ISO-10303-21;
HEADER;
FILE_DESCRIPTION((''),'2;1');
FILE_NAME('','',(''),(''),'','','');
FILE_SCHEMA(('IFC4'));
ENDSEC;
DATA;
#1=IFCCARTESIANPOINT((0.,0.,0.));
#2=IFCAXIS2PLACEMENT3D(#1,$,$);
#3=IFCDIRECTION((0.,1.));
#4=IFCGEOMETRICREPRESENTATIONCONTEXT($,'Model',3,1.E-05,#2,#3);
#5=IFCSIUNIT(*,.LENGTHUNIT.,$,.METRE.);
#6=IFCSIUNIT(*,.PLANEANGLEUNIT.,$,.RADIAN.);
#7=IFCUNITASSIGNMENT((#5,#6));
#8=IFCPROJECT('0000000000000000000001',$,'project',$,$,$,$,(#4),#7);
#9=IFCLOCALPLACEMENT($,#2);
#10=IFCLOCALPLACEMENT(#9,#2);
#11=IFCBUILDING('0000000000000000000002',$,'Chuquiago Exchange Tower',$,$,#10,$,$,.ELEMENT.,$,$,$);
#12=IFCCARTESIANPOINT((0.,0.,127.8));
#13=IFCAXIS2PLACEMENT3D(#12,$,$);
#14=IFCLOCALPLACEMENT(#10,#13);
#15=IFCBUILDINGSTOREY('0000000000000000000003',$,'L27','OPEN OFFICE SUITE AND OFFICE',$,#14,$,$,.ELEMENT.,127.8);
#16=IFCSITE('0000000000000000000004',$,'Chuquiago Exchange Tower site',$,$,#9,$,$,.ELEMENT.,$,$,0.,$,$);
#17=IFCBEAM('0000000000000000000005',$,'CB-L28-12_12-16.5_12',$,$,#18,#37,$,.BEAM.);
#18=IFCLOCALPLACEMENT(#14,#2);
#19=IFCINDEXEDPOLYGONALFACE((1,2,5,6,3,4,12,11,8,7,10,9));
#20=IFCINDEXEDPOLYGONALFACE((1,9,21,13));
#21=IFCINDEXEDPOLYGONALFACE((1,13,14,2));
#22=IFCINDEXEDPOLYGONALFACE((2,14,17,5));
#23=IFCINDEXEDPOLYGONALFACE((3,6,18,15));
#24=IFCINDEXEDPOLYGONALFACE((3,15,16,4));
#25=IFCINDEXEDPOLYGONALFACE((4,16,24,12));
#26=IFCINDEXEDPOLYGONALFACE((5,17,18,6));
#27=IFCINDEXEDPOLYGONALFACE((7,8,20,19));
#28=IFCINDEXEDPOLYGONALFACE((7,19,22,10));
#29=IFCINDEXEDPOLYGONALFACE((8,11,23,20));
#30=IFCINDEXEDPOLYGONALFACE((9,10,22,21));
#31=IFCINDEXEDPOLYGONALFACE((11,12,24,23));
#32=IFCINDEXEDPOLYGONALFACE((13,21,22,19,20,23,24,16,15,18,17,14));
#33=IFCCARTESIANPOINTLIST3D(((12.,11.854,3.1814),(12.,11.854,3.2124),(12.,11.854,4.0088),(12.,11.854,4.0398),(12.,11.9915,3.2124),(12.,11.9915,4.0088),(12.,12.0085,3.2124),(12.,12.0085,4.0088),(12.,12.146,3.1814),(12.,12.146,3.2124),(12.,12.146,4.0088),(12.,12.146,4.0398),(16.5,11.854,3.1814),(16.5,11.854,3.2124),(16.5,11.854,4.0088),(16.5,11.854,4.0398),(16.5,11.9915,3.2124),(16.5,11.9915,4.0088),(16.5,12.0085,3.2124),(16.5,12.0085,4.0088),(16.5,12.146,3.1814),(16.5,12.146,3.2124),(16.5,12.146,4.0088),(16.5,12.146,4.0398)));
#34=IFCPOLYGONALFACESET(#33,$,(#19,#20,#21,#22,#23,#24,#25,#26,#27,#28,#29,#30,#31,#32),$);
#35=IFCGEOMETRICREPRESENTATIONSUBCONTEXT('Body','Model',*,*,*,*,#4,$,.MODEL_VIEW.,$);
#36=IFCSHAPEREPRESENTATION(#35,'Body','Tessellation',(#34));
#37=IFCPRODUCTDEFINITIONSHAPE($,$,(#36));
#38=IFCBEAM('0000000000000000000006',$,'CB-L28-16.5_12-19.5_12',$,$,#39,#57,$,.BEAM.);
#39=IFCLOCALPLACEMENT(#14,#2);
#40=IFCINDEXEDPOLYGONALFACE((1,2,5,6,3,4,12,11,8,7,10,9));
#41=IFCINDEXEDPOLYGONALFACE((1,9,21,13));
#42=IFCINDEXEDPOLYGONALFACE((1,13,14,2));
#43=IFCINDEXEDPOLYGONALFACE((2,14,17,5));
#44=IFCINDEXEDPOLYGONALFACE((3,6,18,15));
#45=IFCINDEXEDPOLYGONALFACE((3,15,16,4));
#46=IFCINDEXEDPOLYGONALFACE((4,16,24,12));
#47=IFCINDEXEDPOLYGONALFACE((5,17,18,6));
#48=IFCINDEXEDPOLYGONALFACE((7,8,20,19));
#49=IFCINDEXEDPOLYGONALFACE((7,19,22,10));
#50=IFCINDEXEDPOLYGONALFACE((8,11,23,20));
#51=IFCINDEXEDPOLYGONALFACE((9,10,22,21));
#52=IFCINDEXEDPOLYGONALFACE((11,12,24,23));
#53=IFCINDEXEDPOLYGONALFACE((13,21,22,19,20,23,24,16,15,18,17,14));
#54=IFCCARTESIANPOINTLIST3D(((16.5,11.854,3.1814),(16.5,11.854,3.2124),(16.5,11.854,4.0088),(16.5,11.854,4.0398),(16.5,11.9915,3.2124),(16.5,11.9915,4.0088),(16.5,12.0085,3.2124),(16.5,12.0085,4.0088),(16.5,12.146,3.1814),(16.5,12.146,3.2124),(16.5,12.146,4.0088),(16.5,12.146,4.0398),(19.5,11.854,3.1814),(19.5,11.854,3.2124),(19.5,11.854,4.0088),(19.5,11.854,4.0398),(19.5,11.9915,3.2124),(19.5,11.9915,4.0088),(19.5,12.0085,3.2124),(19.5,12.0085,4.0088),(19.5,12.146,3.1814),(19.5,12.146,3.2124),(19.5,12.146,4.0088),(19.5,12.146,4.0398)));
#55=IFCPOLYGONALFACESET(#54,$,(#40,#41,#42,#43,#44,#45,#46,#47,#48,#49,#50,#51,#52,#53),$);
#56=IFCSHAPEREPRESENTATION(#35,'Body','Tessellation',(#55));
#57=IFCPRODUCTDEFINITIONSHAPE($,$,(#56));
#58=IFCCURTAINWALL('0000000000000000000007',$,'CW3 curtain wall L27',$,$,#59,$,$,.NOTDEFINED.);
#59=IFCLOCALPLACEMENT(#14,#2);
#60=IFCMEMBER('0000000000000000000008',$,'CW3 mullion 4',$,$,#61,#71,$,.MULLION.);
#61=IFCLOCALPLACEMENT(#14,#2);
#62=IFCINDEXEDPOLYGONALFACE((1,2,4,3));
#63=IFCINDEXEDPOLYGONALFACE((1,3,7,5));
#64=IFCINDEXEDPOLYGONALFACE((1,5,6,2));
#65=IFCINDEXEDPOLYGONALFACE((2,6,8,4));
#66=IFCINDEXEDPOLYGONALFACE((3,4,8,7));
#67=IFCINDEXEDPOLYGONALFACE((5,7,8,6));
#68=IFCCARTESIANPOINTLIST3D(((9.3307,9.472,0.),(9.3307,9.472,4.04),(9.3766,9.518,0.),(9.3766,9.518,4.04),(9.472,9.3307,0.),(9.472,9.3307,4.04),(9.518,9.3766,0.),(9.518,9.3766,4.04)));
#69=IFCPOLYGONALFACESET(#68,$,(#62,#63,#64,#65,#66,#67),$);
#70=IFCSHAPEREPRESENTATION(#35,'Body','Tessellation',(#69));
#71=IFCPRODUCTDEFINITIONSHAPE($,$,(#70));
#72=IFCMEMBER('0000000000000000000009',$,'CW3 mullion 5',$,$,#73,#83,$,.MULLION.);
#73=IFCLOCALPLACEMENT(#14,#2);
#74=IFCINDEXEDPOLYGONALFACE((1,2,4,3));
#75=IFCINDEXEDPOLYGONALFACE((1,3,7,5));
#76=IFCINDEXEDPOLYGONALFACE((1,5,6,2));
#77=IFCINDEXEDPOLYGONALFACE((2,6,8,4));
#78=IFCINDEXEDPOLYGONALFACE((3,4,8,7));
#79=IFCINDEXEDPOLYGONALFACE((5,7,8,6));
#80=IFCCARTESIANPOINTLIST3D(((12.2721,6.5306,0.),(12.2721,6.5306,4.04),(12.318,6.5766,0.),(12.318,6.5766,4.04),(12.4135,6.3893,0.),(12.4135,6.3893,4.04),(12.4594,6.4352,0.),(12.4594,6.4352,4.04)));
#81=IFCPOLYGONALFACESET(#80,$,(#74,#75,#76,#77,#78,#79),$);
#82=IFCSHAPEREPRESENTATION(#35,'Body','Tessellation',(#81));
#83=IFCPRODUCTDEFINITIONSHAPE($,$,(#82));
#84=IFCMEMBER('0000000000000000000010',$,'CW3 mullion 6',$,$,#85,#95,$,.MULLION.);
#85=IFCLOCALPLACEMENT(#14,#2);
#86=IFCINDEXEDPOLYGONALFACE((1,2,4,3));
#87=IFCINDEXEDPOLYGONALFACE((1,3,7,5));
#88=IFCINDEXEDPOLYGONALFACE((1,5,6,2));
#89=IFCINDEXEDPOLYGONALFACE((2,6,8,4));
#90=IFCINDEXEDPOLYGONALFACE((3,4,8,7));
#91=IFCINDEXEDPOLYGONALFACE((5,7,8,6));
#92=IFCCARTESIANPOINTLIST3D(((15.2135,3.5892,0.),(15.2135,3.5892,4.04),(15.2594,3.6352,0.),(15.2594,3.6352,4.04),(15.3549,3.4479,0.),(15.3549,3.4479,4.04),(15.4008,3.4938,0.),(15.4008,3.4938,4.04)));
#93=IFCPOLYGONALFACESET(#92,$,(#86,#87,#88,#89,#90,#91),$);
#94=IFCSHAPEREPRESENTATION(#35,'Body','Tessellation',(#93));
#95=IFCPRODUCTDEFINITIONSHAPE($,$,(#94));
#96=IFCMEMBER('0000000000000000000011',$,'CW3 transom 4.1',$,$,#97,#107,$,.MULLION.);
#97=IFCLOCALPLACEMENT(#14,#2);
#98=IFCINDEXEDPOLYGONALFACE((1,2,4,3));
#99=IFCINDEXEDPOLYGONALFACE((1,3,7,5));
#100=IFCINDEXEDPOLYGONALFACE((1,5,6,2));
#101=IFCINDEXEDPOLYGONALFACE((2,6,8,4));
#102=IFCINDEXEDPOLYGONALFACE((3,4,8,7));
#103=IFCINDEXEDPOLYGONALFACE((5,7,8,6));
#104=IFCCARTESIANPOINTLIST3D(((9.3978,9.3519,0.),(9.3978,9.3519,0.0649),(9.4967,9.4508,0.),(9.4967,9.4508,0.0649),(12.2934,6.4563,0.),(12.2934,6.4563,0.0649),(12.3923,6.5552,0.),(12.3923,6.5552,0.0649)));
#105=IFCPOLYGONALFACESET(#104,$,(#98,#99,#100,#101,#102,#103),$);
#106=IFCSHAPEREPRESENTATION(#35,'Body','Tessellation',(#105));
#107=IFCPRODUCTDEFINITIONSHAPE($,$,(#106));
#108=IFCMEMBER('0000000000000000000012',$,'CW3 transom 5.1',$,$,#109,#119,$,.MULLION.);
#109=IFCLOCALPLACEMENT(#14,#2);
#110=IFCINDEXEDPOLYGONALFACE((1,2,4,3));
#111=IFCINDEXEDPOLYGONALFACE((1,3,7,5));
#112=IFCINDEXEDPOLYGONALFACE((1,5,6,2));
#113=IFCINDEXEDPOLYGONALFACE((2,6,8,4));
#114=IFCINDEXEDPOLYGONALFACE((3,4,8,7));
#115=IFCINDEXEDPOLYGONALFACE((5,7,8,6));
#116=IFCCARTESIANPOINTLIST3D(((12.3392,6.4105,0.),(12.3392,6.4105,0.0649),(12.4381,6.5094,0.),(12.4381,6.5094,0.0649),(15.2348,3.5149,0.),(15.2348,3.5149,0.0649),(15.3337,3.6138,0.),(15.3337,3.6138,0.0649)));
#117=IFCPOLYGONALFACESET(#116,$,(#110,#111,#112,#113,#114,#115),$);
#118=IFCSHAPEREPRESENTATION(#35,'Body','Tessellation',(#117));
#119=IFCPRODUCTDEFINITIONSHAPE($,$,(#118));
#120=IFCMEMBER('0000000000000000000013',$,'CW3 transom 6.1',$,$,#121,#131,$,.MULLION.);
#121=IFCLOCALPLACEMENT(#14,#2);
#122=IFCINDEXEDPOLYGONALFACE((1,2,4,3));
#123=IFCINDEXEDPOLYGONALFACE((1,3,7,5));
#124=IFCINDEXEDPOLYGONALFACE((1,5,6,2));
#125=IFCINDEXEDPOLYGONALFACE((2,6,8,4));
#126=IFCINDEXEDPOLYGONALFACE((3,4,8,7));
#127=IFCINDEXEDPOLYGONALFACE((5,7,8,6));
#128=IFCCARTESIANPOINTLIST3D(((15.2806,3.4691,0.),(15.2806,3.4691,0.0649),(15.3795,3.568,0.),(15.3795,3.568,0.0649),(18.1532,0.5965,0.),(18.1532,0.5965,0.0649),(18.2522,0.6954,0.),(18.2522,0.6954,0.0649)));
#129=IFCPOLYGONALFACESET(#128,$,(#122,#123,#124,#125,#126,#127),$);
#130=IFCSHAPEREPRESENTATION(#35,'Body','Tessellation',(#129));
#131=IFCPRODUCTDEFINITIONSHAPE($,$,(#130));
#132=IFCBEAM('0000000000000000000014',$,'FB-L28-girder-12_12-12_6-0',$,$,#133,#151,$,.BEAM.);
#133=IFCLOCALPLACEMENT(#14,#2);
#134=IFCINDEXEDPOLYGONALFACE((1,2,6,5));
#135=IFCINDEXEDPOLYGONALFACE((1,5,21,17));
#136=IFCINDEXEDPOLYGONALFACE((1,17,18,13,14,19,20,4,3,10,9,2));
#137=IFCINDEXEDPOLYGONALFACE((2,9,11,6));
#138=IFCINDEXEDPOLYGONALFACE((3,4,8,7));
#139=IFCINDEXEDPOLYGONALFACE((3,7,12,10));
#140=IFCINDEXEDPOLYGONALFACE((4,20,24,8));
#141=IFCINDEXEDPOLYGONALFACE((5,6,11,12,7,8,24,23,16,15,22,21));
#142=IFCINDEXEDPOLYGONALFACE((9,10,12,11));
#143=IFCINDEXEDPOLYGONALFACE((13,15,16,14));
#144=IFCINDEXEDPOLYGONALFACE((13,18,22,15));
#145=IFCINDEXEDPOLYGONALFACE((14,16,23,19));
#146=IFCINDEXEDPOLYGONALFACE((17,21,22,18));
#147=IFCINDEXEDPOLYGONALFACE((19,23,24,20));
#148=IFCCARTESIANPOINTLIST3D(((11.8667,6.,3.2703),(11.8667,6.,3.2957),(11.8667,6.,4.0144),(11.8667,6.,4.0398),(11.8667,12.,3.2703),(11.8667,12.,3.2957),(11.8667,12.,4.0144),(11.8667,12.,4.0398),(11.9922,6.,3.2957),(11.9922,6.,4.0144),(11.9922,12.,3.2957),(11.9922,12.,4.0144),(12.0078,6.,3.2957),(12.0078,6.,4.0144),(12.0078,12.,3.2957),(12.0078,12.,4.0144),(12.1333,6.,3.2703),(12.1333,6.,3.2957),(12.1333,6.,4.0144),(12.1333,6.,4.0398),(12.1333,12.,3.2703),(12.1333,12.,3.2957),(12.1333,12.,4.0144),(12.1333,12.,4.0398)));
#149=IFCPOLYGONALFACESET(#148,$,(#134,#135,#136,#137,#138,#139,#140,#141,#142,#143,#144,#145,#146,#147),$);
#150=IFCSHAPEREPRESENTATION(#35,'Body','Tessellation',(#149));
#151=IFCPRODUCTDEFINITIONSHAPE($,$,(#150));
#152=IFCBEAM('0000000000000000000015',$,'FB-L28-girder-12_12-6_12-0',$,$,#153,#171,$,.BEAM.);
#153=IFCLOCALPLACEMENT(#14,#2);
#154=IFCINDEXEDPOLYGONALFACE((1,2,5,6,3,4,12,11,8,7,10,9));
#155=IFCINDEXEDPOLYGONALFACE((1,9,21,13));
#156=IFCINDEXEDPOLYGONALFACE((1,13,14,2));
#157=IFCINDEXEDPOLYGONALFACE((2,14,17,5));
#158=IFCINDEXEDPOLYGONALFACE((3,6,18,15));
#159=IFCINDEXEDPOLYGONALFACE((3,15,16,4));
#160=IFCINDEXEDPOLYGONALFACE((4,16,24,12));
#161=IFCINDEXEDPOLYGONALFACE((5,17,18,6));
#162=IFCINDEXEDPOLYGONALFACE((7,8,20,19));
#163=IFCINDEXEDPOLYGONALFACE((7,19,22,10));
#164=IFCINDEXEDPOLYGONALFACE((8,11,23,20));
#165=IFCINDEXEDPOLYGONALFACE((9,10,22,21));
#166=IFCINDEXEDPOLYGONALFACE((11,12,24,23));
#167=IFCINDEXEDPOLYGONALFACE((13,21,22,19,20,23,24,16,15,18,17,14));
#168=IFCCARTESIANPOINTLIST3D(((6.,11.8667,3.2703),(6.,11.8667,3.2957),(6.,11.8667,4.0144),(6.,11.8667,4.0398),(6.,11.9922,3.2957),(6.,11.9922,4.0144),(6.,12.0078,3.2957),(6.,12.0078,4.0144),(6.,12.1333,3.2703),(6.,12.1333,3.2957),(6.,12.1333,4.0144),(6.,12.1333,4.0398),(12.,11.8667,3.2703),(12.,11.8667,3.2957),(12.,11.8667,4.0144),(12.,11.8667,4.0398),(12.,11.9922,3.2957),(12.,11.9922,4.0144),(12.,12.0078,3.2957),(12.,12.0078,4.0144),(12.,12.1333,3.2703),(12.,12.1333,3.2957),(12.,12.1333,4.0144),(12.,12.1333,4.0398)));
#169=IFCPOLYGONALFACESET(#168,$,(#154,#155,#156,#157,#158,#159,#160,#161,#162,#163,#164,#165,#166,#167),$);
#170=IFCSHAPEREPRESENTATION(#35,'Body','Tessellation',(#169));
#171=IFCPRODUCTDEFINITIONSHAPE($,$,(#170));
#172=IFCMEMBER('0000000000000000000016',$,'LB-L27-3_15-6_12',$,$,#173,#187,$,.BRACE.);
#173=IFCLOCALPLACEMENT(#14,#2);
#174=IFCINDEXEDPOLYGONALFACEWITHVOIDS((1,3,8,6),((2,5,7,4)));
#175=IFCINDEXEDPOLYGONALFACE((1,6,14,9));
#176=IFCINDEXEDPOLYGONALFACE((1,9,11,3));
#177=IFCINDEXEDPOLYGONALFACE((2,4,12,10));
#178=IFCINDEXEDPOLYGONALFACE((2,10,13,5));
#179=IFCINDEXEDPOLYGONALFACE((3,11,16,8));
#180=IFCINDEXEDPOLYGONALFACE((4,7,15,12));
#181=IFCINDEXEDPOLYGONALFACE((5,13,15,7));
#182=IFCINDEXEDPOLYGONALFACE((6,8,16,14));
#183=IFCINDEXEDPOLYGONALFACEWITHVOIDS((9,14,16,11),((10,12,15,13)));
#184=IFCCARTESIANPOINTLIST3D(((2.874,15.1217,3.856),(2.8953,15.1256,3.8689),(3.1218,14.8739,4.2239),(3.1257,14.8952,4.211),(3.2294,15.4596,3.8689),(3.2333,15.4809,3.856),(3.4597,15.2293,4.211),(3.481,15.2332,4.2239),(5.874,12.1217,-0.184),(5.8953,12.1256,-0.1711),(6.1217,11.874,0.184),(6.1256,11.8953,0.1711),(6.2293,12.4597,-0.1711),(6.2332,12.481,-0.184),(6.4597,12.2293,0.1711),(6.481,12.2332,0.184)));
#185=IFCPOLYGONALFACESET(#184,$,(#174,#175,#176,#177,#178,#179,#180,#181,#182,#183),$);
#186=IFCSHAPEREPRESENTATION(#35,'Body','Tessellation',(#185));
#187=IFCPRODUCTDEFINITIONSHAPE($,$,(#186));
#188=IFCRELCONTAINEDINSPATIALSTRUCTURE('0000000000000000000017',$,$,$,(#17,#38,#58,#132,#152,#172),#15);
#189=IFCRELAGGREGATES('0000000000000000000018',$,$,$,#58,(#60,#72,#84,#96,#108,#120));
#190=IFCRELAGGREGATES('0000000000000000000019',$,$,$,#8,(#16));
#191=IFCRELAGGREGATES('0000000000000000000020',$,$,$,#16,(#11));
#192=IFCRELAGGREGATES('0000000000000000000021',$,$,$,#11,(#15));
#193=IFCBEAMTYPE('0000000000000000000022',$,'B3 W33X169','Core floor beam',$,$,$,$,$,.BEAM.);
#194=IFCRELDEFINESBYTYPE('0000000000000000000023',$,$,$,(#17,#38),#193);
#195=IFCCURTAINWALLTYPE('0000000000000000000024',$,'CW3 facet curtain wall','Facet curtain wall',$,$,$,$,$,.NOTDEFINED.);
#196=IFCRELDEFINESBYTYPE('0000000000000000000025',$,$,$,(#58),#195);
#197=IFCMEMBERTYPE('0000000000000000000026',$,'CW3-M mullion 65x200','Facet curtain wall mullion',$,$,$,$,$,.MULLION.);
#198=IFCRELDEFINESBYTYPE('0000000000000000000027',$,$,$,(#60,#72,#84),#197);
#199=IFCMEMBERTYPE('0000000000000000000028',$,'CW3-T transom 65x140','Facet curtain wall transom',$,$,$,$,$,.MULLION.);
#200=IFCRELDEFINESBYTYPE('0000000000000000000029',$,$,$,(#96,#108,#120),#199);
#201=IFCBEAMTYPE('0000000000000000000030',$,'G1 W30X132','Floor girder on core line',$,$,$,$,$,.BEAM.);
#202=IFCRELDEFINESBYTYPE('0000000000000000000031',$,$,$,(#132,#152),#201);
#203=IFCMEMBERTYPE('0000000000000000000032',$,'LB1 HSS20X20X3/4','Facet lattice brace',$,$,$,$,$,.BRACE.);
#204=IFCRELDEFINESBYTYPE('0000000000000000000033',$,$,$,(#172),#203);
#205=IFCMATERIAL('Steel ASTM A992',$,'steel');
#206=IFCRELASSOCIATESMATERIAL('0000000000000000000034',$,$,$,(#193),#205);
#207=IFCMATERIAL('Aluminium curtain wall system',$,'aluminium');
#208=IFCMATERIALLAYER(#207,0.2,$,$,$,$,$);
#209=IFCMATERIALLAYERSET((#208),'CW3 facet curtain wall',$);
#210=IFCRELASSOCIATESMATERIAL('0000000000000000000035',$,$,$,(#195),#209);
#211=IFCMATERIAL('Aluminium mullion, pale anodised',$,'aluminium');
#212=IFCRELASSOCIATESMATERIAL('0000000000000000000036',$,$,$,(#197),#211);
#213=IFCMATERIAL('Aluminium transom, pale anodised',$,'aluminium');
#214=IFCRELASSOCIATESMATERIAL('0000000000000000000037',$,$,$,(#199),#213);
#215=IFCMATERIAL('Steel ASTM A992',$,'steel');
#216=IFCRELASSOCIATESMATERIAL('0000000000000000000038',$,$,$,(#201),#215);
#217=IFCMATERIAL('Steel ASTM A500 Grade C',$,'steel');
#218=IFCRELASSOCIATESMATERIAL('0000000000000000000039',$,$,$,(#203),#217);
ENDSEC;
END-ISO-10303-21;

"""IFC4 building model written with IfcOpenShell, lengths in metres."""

from ifc_helpers import new_model, si_unit, direction, frame, origin, origin_2d, place, context, subcontext, project, spatial, rectangle, hollow_rectangle, i_section, extrude, material, layer, layer_set, material_profile, profile_set, type_object, element, aggregate, save


model = new_model("IFC4")

# Units and contexts
model_context = context("Model", 3, precision=1e-05, world=origin(), true_north=direction((0.0, 1.0)))
body_context = subcontext(model_context, "Body", "Model", "MODEL_VIEW")
ifc_project = project(units=[si_unit("LENGTHUNIT", "METRE"), si_unit("PLANEANGLEUNIT", "RADIAN")], contexts=[model_context])

# Site, building, storey
site_placement = place(None, origin())
site = spatial("IfcSite", under=ifc_project, at=site_placement, Name="Chuquiago Exchange Tower site", CompositionType="ELEMENT", RefElevation=0.0)
building_placement = place(site_placement, origin())
building = spatial("IfcBuilding", under=site, at=building_placement, Name="Chuquiago Exchange Tower", CompositionType="ELEMENT")
storey_placement = place(building_placement, frame((0.0, 0.0, 127.8)))
storey = spatial("IfcBuildingStorey", under=building, at=storey_placement, Name="L27", Description="OPEN OFFICE SUITE AND OFFICE", CompositionType="ELEMENT", Elevation=127.8)

# Beams
ifc_material_1 = material(Name="Steel ASTM A992", Category="steel")
ifc_material_profile_1 = material_profile(ifc_material_1, i_section(OverallWidth=0.292, OverallDepth=0.8584, WebThickness=0.0171, FlangeThickness=0.031, at=origin_2d()), Name="W33X169")
ifc_profile_set_1 = profile_set([ifc_material_profile_1], Name="Steel ASTM A992")
beam_type_1 = type_object("IfcBeamType", Name="B3 W33X169", Description="Core floor beam", PredefinedType="BEAM", material=ifc_profile_set_1)
beam_1_placement = place(storey_placement, frame((12.0, 12.0, 3.6106), z_axis=(1.0, 0.0, 0.0), x_axis=(0.0, 1.0, 0.0)))
element("IfcBeam", 1, at=beam_1_placement, inside=storey, type_object=beam_type_1, Name="CB-L28-12_12-16.5_12", PredefinedType="BEAM", context=body_context, shape_type="SweptSolid", body=[
    extrude(i_section(OverallWidth=0.292, OverallDepth=0.8584, WebThickness=0.0171, FlangeThickness=0.031, at=origin_2d()), origin(), (0.0, 0.0, 1.0), 4.5),
])
beam_2_placement = place(storey_placement, frame((16.5, 12.0, 3.6106), z_axis=(1.0, 0.0, 0.0), x_axis=(0.0, 1.0, 0.0)))
element("IfcBeam", 2, at=beam_2_placement, inside=storey, type_object=beam_type_1, Name="CB-L28-16.5_12-19.5_12", PredefinedType="BEAM", context=body_context, shape_type="SweptSolid", body=[
    extrude(i_section(OverallWidth=0.292, OverallDepth=0.8584, WebThickness=0.0171, FlangeThickness=0.031, at=origin_2d()), origin(), (0.0, 0.0, 1.0), 3.0),
])

# Curtain wall, members
ifc_material_2 = material(Name="Aluminium curtain wall system", Category="aluminium")
ifc_layer_1 = layer(ifc_material_2, 0.2)
ifc_layer_set_1 = layer_set([ifc_layer_1], Name="CW3 facet curtain wall")
curtain_wall_type = type_object("IfcCurtainWallType", Name="CW3 facet curtain wall", Description="Facet curtain wall", PredefinedType="NOTDEFINED", material=ifc_layer_set_1)
curtain_wall_placement = place(storey_placement, origin())
curtain_wall = element("IfcCurtainWall", 3, at=curtain_wall_placement, inside=storey, type_object=curtain_wall_type, Name="CW3 curtain wall L27", PredefinedType="NOTDEFINED")
ifc_material_3 = material(Name="Aluminium mullion, pale anodised", Category="aluminium")
ifc_material_profile_2 = material_profile(ifc_material_3, rectangle(XDim=0.0649, YDim=0.2, at=origin_2d()), Name="AL 65x200")
ifc_profile_set_2 = profile_set([ifc_material_profile_2], Name="Aluminium mullion, pale anodised")
member_type_1 = type_object("IfcMemberType", Name="CW3-M mullion 65x200", Description="Facet curtain wall mullion", PredefinedType="MULLION", material=ifc_profile_set_2)
member_1_placement = place(storey_placement, frame((9.4243, 9.4243, 0.0), z_axis=(0.0, 0.0, 1.0), x_axis=(0.707107, 0.707107, 0.0)))
member_1 = element("IfcMember", 4, at=member_1_placement, type_object=member_type_1, Name="CW3 mullion 4", PredefinedType="MULLION", context=body_context, shape_type="SweptSolid", body=[
    extrude(rectangle(XDim=0.0649, YDim=0.2, at=origin_2d()), origin(), (0.0, 0.0, 1.0), 4.04),
])
member_2_placement = place(storey_placement, frame((12.3657, 6.4829, 0.0), z_axis=(0.0, 0.0, 1.0), x_axis=(0.707107, 0.707107, 0.0)))
member_2 = element("IfcMember", 5, at=member_2_placement, type_object=member_type_1, Name="CW3 mullion 5", PredefinedType="MULLION", context=body_context, shape_type="SweptSolid", body=[
    extrude(rectangle(XDim=0.0649, YDim=0.2, at=origin_2d()), origin(), (0.0, 0.0, 1.0), 4.04),
])
member_3_placement = place(storey_placement, frame((15.3071, 3.5415, 0.0), z_axis=(0.0, 0.0, 1.0), x_axis=(0.707107, 0.707107, 0.0)))
member_3 = element("IfcMember", 6, at=member_3_placement, type_object=member_type_1, Name="CW3 mullion 6", PredefinedType="MULLION", context=body_context, shape_type="SweptSolid", body=[
    extrude(rectangle(XDim=0.0649, YDim=0.2, at=origin_2d()), origin(), (0.0, 0.0, 1.0), 4.04),
])
ifc_material_4 = material(Name="Aluminium transom, pale anodised", Category="aluminium")
ifc_material_profile_3 = material_profile(ifc_material_4, rectangle(XDim=0.1399, YDim=0.0649, at=origin_2d()), Name="AL 140x65")
ifc_profile_set_3 = profile_set([ifc_material_profile_3], Name="Aluminium transom, pale anodised")
member_type_2 = type_object("IfcMemberType", Name="CW3-T transom 65x140", Description="Facet curtain wall transom", PredefinedType="MULLION", material=ifc_profile_set_3)
member_4_placement = place(storey_placement, frame((9.4473, 9.4014, 0.0325), z_axis=(0.707107, -0.707107, 0.0), x_axis=(0.707107, 0.707107, 0.0)))
member_4 = element("IfcMember", 7, at=member_4_placement, type_object=member_type_2, Name="CW3 transom 4.1", PredefinedType="MULLION", context=body_context, shape_type="SweptSolid", body=[
    extrude(rectangle(XDim=0.1399, YDim=0.0649, at=origin_2d()), origin(), (0.0, 0.0, 1.0), 4.095),
])
member_5_placement = place(storey_placement, frame((12.3887, 6.46, 0.0325), z_axis=(0.707107, -0.707107, 0.0), x_axis=(0.707107, 0.707107, 0.0)))
member_5 = element("IfcMember", 8, at=member_5_placement, type_object=member_type_2, Name="CW3 transom 5.1", PredefinedType="MULLION", context=body_context, shape_type="SweptSolid", body=[
    extrude(rectangle(XDim=0.1399, YDim=0.0649, at=origin_2d()), origin(), (0.0, 0.0, 1.0), 4.095),
])
member_6_placement = place(storey_placement, frame((15.3301, 3.5186, 0.0325), z_axis=(0.707107, -0.707107, 0.0), x_axis=(0.707107, 0.707107, 0.0)))
member_6 = element("IfcMember", 9, at=member_6_placement, type_object=member_type_2, Name="CW3 transom 6.1", PredefinedType="MULLION", context=body_context, shape_type="SweptSolid", body=[
    extrude(rectangle(XDim=0.1399, YDim=0.0649, at=origin_2d()), origin(), (0.0, 0.0, 1.0), 4.0625),
])

# Beams
ifc_material_5 = material(Name="Steel ASTM A992", Category="steel")
ifc_material_profile_4 = material_profile(ifc_material_5, i_section(OverallWidth=0.2666, OverallDepth=0.7695, WebThickness=0.0156, FlangeThickness=0.0254, at=origin_2d()), Name="W30X132")
ifc_profile_set_4 = profile_set([ifc_material_profile_4], Name="Steel ASTM A992")
beam_type_2 = type_object("IfcBeamType", Name="G1 W30X132", Description="Floor girder on core line", PredefinedType="BEAM", material=ifc_profile_set_4)
for number, where, z_axis, x_axis, name in (
    (10, (12.0, 12.0, 3.655), (0.0, -1.0, 0.0), (1.0, 0.0, 0.0), "FB-L28-girder-12_12-12_6-0"),
    (11, (12.0, 12.0, 3.655), (-1.0, 0.0, 0.0), (0.0, -1.0, 0.0), "FB-L28-girder-12_12-6_12-0"),
):
    element("IfcBeam", number, at=place(storey_placement, frame(where, z_axis=z_axis, x_axis=x_axis)), inside=storey, type_object=beam_type_2, Name=name, PredefinedType="BEAM", context=body_context, shape_type="SweptSolid", body=[
        extrude(i_section(OverallWidth=0.2666, OverallDepth=0.7695, WebThickness=0.0156, FlangeThickness=0.0254, at=origin_2d()), origin(), (0.0, 0.0, 1.0), 6.0),
    ])

# Member
ifc_material_6 = material(Name="Steel ASTM A500 Grade C", Category="steel")
ifc_material_profile_5 = material_profile(ifc_material_6, hollow_rectangle(XDim=0.5081, YDim=0.5081, WallThickness=0.0178, at=origin_2d()), Name="HSS20X20X3/4")
ifc_profile_set_5 = profile_set([ifc_material_profile_5], Name="Steel ASTM A500 Grade C")
member_type_3 = type_object("IfcMemberType", Name="LB1 HSS20X20X3/4", Description="Facet lattice brace", PredefinedType="BRACE", material=ifc_profile_set_5)
for number, where, z_axis, x_axis, name in (
    (12, (6.1775, 12.1775, 0.0), (-0.512077, 0.512077, 0.689604), (-0.707107, -0.707107, 0.0), "LB-L27-3_15-6_12"),
):
    element("IfcMember", number, at=place(storey_placement, frame(where, z_axis=z_axis, x_axis=x_axis)), inside=storey, type_object=member_type_3, Name=name, PredefinedType="BRACE", context=body_context, shape_type="SweptSolid", body=[
        extrude(hollow_rectangle(XDim=0.5081, YDim=0.5081, WallThickness=0.0178, at=origin_2d()), origin(), (0.0, 0.0, 1.0), 5.8584),
    ])

aggregate(curtain_wall, [member_1, member_2, member_3, member_4, member_5, member_6])

save(model, "model.ifc")
